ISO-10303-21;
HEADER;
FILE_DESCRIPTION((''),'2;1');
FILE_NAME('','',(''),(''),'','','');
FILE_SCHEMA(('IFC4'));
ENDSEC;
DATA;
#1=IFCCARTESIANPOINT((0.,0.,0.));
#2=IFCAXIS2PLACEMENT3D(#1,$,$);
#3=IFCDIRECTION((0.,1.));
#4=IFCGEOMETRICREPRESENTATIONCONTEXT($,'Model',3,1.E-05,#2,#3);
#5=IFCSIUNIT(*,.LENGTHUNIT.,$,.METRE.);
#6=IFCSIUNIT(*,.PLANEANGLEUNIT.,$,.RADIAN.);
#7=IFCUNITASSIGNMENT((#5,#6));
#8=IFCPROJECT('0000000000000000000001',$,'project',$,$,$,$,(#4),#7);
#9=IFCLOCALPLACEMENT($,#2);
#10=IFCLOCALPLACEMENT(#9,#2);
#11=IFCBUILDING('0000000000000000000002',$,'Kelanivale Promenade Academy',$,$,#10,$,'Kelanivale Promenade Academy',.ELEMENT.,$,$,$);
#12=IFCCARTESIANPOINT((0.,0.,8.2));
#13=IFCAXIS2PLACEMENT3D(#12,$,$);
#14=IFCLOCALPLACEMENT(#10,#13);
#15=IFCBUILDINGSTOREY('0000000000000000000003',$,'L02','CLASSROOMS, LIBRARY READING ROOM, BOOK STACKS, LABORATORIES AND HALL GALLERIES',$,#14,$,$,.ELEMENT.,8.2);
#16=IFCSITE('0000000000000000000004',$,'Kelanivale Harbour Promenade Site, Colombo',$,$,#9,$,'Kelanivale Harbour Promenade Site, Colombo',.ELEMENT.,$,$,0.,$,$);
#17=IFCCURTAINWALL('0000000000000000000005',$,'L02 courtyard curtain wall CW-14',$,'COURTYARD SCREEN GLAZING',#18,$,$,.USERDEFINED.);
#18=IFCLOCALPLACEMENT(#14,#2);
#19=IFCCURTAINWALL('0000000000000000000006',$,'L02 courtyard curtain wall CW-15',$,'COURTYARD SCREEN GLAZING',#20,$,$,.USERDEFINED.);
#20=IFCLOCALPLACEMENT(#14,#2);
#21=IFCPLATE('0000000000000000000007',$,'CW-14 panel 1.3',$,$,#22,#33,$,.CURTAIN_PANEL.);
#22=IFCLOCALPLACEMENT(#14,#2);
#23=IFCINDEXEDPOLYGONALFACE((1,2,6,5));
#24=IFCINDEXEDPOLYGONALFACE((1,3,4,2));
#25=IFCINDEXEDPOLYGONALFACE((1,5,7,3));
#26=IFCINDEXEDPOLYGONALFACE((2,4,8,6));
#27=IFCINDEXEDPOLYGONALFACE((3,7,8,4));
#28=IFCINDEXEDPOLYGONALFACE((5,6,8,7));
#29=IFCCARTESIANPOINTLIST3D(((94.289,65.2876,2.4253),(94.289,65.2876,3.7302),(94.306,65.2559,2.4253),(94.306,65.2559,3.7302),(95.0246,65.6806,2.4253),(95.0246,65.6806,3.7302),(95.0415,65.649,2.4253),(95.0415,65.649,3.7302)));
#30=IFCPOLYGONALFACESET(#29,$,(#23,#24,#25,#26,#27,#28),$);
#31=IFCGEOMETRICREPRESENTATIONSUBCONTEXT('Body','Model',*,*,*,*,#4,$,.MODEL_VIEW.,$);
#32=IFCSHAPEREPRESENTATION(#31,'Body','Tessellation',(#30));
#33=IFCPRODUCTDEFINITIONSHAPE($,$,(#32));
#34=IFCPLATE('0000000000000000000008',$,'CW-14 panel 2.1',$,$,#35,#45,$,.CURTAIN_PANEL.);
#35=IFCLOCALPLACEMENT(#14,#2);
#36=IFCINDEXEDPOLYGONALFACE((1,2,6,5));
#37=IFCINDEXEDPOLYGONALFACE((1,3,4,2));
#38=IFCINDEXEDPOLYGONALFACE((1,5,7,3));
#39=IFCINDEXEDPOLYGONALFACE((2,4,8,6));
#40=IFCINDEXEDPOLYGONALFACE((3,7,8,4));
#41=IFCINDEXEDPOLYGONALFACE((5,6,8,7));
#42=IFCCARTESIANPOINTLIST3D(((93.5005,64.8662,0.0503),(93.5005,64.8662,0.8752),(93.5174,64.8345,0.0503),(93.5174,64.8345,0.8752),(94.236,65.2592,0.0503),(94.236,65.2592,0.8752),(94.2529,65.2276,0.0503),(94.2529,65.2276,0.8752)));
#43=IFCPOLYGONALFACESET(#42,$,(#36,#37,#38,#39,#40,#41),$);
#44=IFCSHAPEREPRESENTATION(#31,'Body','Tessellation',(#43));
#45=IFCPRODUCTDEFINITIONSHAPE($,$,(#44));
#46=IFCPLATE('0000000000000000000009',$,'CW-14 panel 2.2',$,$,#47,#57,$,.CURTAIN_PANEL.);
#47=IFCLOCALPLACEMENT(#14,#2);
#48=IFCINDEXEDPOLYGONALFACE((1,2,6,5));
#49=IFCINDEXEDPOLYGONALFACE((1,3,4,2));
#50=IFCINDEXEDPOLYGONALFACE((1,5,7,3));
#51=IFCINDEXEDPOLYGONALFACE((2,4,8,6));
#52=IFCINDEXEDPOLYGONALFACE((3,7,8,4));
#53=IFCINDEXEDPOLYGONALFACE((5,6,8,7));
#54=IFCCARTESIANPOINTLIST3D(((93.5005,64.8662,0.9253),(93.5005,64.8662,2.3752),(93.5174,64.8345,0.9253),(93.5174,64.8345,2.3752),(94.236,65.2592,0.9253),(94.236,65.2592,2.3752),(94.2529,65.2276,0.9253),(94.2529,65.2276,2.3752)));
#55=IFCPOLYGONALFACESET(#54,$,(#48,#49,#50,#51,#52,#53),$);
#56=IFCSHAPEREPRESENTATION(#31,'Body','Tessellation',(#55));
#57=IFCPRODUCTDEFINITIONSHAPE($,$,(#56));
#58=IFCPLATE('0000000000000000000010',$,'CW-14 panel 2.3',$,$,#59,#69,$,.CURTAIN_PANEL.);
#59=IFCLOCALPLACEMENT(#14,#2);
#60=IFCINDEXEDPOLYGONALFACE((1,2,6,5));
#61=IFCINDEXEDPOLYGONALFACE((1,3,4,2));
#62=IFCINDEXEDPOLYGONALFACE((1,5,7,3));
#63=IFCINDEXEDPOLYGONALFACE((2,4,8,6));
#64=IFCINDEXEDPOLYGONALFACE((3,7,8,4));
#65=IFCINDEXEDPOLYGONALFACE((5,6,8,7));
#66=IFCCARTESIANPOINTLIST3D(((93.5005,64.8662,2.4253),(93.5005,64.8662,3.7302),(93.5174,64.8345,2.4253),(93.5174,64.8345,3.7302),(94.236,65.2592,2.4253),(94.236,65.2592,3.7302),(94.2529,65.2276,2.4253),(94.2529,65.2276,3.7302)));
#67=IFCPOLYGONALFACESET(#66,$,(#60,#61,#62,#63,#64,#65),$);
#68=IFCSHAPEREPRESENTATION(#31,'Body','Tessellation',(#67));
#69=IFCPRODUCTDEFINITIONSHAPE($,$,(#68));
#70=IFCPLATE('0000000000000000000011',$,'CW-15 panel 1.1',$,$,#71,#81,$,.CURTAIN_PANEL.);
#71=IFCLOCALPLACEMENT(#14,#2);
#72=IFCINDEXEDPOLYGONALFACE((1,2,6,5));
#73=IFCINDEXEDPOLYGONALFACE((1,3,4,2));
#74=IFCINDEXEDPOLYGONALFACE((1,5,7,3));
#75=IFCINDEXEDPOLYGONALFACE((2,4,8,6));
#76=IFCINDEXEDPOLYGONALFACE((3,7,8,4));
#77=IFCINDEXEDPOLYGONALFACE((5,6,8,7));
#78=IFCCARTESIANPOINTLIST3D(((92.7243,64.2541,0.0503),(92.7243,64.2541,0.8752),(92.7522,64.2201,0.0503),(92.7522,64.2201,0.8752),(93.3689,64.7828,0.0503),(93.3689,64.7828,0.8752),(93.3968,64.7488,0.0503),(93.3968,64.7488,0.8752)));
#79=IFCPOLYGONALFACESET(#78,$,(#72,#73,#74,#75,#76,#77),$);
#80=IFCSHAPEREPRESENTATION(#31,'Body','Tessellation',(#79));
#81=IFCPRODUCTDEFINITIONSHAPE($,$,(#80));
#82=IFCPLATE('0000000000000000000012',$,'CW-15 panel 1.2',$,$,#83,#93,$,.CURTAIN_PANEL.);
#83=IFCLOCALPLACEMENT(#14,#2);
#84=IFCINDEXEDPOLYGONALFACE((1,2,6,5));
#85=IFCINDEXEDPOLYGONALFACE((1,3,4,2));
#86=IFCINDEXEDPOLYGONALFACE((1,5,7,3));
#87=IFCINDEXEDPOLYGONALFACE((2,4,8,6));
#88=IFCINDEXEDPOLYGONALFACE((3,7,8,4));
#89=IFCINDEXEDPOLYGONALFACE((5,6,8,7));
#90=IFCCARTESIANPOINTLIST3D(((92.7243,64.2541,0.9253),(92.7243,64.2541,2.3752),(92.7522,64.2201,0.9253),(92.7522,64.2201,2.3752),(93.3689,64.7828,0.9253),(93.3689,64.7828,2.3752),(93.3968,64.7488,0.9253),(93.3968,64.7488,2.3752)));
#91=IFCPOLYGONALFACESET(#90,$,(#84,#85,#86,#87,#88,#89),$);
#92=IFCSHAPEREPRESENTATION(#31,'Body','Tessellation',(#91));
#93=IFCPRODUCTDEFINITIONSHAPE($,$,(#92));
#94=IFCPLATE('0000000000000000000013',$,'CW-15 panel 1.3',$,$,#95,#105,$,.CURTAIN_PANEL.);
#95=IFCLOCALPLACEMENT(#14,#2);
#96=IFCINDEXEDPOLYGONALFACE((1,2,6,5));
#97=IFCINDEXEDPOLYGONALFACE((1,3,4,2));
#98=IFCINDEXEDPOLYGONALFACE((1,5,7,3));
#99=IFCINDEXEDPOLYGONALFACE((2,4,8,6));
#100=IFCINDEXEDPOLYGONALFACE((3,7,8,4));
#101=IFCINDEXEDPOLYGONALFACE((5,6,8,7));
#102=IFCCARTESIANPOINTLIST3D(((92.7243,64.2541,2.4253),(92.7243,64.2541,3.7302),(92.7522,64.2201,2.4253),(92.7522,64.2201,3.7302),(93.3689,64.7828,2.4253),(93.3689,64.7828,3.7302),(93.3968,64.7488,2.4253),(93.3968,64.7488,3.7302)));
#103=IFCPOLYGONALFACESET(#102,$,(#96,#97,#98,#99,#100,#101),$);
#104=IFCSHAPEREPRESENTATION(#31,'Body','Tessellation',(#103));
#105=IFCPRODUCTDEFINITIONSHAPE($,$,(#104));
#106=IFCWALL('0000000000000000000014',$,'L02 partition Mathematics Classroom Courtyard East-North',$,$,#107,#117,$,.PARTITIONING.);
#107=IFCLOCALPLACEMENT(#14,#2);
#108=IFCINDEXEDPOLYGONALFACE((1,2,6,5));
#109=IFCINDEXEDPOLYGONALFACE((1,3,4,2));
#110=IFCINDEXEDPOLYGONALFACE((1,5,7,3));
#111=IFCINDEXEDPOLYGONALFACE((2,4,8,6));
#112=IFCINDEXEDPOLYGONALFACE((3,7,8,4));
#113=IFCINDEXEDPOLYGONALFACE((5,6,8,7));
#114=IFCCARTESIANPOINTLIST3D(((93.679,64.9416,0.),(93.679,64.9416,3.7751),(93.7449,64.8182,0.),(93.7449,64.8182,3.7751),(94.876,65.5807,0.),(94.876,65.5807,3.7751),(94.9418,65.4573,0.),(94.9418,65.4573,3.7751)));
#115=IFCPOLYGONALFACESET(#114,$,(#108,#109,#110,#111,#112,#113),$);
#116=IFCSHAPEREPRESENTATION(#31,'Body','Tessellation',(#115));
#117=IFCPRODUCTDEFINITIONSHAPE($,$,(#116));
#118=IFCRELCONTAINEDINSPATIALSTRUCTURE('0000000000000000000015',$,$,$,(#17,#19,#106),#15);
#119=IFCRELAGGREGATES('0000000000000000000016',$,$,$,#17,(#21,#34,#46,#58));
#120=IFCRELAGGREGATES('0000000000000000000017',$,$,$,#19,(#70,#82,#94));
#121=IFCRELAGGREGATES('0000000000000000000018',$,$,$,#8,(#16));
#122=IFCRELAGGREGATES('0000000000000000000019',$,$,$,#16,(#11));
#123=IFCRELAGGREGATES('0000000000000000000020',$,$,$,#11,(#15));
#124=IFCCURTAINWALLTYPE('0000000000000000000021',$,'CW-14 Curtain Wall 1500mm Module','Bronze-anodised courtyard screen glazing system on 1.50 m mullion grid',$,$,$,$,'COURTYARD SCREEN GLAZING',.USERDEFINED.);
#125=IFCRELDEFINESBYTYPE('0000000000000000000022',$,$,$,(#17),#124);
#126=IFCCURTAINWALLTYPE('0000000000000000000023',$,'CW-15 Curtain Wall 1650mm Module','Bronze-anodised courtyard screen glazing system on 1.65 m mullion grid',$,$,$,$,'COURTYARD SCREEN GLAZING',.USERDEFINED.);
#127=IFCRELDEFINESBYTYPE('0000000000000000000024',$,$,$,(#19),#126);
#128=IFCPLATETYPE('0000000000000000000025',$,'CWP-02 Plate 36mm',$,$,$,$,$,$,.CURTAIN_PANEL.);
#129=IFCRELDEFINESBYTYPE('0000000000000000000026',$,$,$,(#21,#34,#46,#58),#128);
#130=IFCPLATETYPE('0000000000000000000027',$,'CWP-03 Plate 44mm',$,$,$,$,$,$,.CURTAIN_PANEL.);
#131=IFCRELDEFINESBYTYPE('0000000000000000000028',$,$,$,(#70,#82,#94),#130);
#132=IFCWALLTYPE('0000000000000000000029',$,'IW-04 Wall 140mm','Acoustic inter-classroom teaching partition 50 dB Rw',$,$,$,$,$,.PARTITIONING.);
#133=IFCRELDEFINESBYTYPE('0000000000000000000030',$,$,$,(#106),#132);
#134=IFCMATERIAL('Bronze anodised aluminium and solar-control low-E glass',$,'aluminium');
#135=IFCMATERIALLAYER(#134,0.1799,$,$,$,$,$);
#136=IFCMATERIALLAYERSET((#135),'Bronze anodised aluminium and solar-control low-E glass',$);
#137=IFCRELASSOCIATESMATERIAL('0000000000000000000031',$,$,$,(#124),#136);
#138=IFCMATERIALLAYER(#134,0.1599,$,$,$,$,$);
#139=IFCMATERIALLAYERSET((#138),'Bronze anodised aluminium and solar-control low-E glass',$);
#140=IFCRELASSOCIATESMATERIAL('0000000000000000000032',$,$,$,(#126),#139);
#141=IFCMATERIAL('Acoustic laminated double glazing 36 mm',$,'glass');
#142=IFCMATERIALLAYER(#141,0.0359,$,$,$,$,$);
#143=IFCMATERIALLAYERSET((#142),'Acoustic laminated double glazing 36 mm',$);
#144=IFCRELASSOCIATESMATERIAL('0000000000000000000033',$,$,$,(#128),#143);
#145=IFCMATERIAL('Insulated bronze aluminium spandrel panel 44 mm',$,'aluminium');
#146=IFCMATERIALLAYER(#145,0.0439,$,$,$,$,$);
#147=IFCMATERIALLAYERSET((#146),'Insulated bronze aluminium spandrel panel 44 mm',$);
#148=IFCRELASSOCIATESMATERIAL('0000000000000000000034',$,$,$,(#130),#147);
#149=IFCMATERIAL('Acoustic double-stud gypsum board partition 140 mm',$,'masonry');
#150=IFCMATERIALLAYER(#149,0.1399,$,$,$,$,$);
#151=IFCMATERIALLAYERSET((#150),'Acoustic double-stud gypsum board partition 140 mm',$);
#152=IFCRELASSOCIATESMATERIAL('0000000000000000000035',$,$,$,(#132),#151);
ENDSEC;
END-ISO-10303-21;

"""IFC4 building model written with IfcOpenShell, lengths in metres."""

from ifc_helpers import new_model, si_unit, direction, frame, frame_2d, origin, origin_2d, place, context, subcontext, project, spatial, rectangle, extrude, material, layer, layer_set, type_object, element, aggregate, save


model = new_model("IFC4")

# Units and contexts
model_context = context("Model", 3, precision=1e-05, world=origin(), true_north=direction((0.0, 1.0)))
body_context = subcontext(model_context, "Body", "Model", "MODEL_VIEW")
ifc_project = project(units=[si_unit("LENGTHUNIT", "METRE"), si_unit("PLANEANGLEUNIT", "RADIAN")], contexts=[model_context])

# Site, building, storey
site_placement = place(None, origin())
site = spatial("IfcSite", under=ifc_project, at=site_placement, Name="Kelanivale Harbour Promenade Site, Colombo", LongName="Kelanivale Harbour Promenade Site, Colombo", CompositionType="ELEMENT", RefElevation=0.0)
building_placement = place(site_placement, origin())
building = spatial("IfcBuilding", under=site, at=building_placement, Name="Kelanivale Promenade Academy", LongName="Kelanivale Promenade Academy", CompositionType="ELEMENT")
storey_placement = place(building_placement, frame((0.0, 0.0, 8.2)))
storey = spatial("IfcBuildingStorey", under=building, at=storey_placement, Name="L02", Description="CLASSROOMS, LIBRARY READING ROOM, BOOK STACKS, LABORATORIES AND HALL GALLERIES", CompositionType="ELEMENT", Elevation=8.2)

# Curtain walls
ifc_material_1 = material(Name="Bronze anodised aluminium and solar-control low-E glass", Category="aluminium")
ifc_layer_1 = layer(ifc_material_1, 0.1799)
ifc_layer_set_1 = layer_set([ifc_layer_1], Name="Bronze anodised aluminium and solar-control low-E glass")
curtain_wall_type_1 = type_object("IfcCurtainWallType", Name="CW-14 Curtain Wall 1500mm Module", Description="Bronze-anodised courtyard screen glazing system on 1.50 m mullion grid", ElementType="COURTYARD SCREEN GLAZING", PredefinedType="USERDEFINED", material=ifc_layer_set_1)
curtain_wall_1_placement = place(storey_placement, origin())
curtain_wall_1 = element("IfcCurtainWall", 1, at=curtain_wall_1_placement, inside=storey, type_object=curtain_wall_type_1, Name="L02 courtyard curtain wall CW-14", ObjectType="COURTYARD SCREEN GLAZING", PredefinedType="USERDEFINED")
ifc_layer_2 = layer(ifc_material_1, 0.1599)
ifc_layer_set_2 = layer_set([ifc_layer_2], Name="Bronze anodised aluminium and solar-control low-E glass")
curtain_wall_type_2 = type_object("IfcCurtainWallType", Name="CW-15 Curtain Wall 1650mm Module", Description="Bronze-anodised courtyard screen glazing system on 1.65 m mullion grid", ElementType="COURTYARD SCREEN GLAZING", PredefinedType="USERDEFINED", material=ifc_layer_set_2)
curtain_wall_2_placement = place(storey_placement, origin())
curtain_wall_2 = element("IfcCurtainWall", 2, at=curtain_wall_2_placement, inside=storey, type_object=curtain_wall_type_2, Name="L02 courtyard curtain wall CW-15", ObjectType="COURTYARD SCREEN GLAZING", PredefinedType="USERDEFINED")

# Plates
ifc_material_2 = material(Name="Acoustic laminated double glazing 36 mm", Category="glass")
ifc_layer_3 = layer(ifc_material_2, 0.0359)
ifc_layer_set_3 = layer_set([ifc_layer_3], Name="Acoustic laminated double glazing 36 mm")
plate_type_1 = type_object("IfcPlateType", Name="CWP-02 Plate 36mm", PredefinedType="CURTAIN_PANEL", material=ifc_layer_set_3)
plate_1_placement = place(storey_placement, frame((94.6653, 65.4683, 2.4253), z_axis=(0.0, 0.0, 1.0), x_axis=(-0.881978, -0.47129, 0.0)))
plate_1 = element("IfcPlate", 3, at=plate_1_placement, type_object=plate_type_1, Name="CW-14 panel 1.3", PredefinedType="CURTAIN_PANEL", context=body_context, shape_type="SweptSolid", body=[
    extrude(rectangle(XDim=0.834, YDim=0.0359, at=origin_2d()), origin(), (0.0, 0.0, 1.0), 1.3049),
])
plate_2_placement = place(storey_placement, frame((93.8767, 65.0469, 0.0503), z_axis=(0.0, 0.0, 1.0), x_axis=(-0.881978, -0.47129, 0.0)))
plate_2 = element("IfcPlate", 4, at=plate_2_placement, type_object=plate_type_1, Name="CW-14 panel 2.1", PredefinedType="CURTAIN_PANEL", context=body_context, shape_type="SweptSolid", body=[
    extrude(rectangle(XDim=0.834, YDim=0.0359, at=origin_2d()), origin(), (0.0, 0.0, 1.0), 0.825),
])
plate_3_placement = place(storey_placement, frame((93.8767, 65.0469, 0.9253), z_axis=(0.0, 0.0, 1.0), x_axis=(-0.881978, -0.47129, 0.0)))
plate_3 = element("IfcPlate", 5, at=plate_3_placement, type_object=plate_type_1, Name="CW-14 panel 2.2", PredefinedType="CURTAIN_PANEL", context=body_context, shape_type="SweptSolid", body=[
    extrude(rectangle(XDim=0.834, YDim=0.0359, at=origin_2d()), origin(), (0.0, 0.0, 1.0), 1.45),
])
plate_4_placement = place(storey_placement, frame((93.8767, 65.0469, 2.4253), z_axis=(0.0, 0.0, 1.0), x_axis=(-0.881978, -0.47129, 0.0)))
plate_4 = element("IfcPlate", 6, at=plate_4_placement, type_object=plate_type_1, Name="CW-14 panel 2.3", PredefinedType="CURTAIN_PANEL", context=body_context, shape_type="SweptSolid", body=[
    extrude(rectangle(XDim=0.834, YDim=0.0359, at=origin_2d()), origin(), (0.0, 0.0, 1.0), 1.3049),
])
aggregate(curtain_wall_1, [plate_1, plate_2, plate_3, plate_4])
ifc_material_3 = material(Name="Insulated bronze aluminium spandrel panel 44 mm", Category="aluminium")
ifc_layer_4 = layer(ifc_material_3, 0.0439)
ifc_layer_set_4 = layer_set([ifc_layer_4], Name="Insulated bronze aluminium spandrel panel 44 mm")
plate_type_2 = type_object("IfcPlateType", Name="CWP-03 Plate 44mm", PredefinedType="CURTAIN_PANEL", material=ifc_layer_set_4)
plate_5_placement = place(storey_placement, frame((93.0605, 64.5015, 0.0503), z_axis=(0.0, 0.0, 1.0), x_axis=(-0.773215, -0.634144, 0.0)))
plate_5 = element("IfcPlate", 7, at=plate_5_placement, type_object=plate_type_2, Name="CW-15 panel 1.1", PredefinedType="CURTAIN_PANEL", context=body_context, shape_type="SweptSolid", body=[
    extrude(rectangle(XDim=0.8337, YDim=0.0439, at=origin_2d()), origin(), (0.0, 0.0, 1.0), 0.825),
])
plate_6_placement = place(storey_placement, frame((93.0605, 64.5015, 0.9253), z_axis=(0.0, 0.0, 1.0), x_axis=(-0.773215, -0.634144, 0.0)))
plate_6 = element("IfcPlate", 8, at=plate_6_placement, type_object=plate_type_2, Name="CW-15 panel 1.2", PredefinedType="CURTAIN_PANEL", context=body_context, shape_type="SweptSolid", body=[
    extrude(rectangle(XDim=0.8337, YDim=0.0439, at=origin_2d()), origin(), (0.0, 0.0, 1.0), 1.45),
])
plate_7_placement = place(storey_placement, frame((93.0605, 64.5015, 2.4253), z_axis=(0.0, 0.0, 1.0), x_axis=(-0.773215, -0.634144, 0.0)))
plate_7 = element("IfcPlate", 9, at=plate_7_placement, type_object=plate_type_2, Name="CW-15 panel 1.3", PredefinedType="CURTAIN_PANEL", context=body_context, shape_type="SweptSolid", body=[
    extrude(rectangle(XDim=0.8337, YDim=0.0439, at=origin_2d()), origin(), (0.0, 0.0, 1.0), 1.3049),
])
aggregate(curtain_wall_2, [plate_5, plate_6, plate_7])

# Wall
ifc_material_4 = material(Name="Acoustic double-stud gypsum board partition 140 mm", Category="masonry")
ifc_layer_5 = layer(ifc_material_4, 0.1399)
ifc_layer_set_5 = layer_set([ifc_layer_5], Name="Acoustic double-stud gypsum board partition 140 mm")
wall_type = type_object("IfcWallType", Name="IW-04 Wall 140mm", Description="Acoustic inter-classroom teaching partition 50 dB Rw", PredefinedType="PARTITIONING", material=ifc_layer_set_5)
wall_placement = place(storey_placement, frame((93.7119, 64.8799, 0.0), z_axis=(0.0, 0.0, 1.0), x_axis=(0.882124, 0.471018, 0.0)))
element("IfcWall", 10, at=wall_placement, inside=storey, type_object=wall_type, Name="L02 partition Mathematics Classroom Courtyard East-North", PredefinedType="PARTITIONING", context=body_context, shape_type="SweptSolid", body=[
    extrude(rectangle(XDim=1.3569, YDim=0.1399, at=frame_2d((0.6785, 0.0))), origin(), (0.0, 0.0, 1.0), 3.7751),
])

save(model, "model.ifc")
